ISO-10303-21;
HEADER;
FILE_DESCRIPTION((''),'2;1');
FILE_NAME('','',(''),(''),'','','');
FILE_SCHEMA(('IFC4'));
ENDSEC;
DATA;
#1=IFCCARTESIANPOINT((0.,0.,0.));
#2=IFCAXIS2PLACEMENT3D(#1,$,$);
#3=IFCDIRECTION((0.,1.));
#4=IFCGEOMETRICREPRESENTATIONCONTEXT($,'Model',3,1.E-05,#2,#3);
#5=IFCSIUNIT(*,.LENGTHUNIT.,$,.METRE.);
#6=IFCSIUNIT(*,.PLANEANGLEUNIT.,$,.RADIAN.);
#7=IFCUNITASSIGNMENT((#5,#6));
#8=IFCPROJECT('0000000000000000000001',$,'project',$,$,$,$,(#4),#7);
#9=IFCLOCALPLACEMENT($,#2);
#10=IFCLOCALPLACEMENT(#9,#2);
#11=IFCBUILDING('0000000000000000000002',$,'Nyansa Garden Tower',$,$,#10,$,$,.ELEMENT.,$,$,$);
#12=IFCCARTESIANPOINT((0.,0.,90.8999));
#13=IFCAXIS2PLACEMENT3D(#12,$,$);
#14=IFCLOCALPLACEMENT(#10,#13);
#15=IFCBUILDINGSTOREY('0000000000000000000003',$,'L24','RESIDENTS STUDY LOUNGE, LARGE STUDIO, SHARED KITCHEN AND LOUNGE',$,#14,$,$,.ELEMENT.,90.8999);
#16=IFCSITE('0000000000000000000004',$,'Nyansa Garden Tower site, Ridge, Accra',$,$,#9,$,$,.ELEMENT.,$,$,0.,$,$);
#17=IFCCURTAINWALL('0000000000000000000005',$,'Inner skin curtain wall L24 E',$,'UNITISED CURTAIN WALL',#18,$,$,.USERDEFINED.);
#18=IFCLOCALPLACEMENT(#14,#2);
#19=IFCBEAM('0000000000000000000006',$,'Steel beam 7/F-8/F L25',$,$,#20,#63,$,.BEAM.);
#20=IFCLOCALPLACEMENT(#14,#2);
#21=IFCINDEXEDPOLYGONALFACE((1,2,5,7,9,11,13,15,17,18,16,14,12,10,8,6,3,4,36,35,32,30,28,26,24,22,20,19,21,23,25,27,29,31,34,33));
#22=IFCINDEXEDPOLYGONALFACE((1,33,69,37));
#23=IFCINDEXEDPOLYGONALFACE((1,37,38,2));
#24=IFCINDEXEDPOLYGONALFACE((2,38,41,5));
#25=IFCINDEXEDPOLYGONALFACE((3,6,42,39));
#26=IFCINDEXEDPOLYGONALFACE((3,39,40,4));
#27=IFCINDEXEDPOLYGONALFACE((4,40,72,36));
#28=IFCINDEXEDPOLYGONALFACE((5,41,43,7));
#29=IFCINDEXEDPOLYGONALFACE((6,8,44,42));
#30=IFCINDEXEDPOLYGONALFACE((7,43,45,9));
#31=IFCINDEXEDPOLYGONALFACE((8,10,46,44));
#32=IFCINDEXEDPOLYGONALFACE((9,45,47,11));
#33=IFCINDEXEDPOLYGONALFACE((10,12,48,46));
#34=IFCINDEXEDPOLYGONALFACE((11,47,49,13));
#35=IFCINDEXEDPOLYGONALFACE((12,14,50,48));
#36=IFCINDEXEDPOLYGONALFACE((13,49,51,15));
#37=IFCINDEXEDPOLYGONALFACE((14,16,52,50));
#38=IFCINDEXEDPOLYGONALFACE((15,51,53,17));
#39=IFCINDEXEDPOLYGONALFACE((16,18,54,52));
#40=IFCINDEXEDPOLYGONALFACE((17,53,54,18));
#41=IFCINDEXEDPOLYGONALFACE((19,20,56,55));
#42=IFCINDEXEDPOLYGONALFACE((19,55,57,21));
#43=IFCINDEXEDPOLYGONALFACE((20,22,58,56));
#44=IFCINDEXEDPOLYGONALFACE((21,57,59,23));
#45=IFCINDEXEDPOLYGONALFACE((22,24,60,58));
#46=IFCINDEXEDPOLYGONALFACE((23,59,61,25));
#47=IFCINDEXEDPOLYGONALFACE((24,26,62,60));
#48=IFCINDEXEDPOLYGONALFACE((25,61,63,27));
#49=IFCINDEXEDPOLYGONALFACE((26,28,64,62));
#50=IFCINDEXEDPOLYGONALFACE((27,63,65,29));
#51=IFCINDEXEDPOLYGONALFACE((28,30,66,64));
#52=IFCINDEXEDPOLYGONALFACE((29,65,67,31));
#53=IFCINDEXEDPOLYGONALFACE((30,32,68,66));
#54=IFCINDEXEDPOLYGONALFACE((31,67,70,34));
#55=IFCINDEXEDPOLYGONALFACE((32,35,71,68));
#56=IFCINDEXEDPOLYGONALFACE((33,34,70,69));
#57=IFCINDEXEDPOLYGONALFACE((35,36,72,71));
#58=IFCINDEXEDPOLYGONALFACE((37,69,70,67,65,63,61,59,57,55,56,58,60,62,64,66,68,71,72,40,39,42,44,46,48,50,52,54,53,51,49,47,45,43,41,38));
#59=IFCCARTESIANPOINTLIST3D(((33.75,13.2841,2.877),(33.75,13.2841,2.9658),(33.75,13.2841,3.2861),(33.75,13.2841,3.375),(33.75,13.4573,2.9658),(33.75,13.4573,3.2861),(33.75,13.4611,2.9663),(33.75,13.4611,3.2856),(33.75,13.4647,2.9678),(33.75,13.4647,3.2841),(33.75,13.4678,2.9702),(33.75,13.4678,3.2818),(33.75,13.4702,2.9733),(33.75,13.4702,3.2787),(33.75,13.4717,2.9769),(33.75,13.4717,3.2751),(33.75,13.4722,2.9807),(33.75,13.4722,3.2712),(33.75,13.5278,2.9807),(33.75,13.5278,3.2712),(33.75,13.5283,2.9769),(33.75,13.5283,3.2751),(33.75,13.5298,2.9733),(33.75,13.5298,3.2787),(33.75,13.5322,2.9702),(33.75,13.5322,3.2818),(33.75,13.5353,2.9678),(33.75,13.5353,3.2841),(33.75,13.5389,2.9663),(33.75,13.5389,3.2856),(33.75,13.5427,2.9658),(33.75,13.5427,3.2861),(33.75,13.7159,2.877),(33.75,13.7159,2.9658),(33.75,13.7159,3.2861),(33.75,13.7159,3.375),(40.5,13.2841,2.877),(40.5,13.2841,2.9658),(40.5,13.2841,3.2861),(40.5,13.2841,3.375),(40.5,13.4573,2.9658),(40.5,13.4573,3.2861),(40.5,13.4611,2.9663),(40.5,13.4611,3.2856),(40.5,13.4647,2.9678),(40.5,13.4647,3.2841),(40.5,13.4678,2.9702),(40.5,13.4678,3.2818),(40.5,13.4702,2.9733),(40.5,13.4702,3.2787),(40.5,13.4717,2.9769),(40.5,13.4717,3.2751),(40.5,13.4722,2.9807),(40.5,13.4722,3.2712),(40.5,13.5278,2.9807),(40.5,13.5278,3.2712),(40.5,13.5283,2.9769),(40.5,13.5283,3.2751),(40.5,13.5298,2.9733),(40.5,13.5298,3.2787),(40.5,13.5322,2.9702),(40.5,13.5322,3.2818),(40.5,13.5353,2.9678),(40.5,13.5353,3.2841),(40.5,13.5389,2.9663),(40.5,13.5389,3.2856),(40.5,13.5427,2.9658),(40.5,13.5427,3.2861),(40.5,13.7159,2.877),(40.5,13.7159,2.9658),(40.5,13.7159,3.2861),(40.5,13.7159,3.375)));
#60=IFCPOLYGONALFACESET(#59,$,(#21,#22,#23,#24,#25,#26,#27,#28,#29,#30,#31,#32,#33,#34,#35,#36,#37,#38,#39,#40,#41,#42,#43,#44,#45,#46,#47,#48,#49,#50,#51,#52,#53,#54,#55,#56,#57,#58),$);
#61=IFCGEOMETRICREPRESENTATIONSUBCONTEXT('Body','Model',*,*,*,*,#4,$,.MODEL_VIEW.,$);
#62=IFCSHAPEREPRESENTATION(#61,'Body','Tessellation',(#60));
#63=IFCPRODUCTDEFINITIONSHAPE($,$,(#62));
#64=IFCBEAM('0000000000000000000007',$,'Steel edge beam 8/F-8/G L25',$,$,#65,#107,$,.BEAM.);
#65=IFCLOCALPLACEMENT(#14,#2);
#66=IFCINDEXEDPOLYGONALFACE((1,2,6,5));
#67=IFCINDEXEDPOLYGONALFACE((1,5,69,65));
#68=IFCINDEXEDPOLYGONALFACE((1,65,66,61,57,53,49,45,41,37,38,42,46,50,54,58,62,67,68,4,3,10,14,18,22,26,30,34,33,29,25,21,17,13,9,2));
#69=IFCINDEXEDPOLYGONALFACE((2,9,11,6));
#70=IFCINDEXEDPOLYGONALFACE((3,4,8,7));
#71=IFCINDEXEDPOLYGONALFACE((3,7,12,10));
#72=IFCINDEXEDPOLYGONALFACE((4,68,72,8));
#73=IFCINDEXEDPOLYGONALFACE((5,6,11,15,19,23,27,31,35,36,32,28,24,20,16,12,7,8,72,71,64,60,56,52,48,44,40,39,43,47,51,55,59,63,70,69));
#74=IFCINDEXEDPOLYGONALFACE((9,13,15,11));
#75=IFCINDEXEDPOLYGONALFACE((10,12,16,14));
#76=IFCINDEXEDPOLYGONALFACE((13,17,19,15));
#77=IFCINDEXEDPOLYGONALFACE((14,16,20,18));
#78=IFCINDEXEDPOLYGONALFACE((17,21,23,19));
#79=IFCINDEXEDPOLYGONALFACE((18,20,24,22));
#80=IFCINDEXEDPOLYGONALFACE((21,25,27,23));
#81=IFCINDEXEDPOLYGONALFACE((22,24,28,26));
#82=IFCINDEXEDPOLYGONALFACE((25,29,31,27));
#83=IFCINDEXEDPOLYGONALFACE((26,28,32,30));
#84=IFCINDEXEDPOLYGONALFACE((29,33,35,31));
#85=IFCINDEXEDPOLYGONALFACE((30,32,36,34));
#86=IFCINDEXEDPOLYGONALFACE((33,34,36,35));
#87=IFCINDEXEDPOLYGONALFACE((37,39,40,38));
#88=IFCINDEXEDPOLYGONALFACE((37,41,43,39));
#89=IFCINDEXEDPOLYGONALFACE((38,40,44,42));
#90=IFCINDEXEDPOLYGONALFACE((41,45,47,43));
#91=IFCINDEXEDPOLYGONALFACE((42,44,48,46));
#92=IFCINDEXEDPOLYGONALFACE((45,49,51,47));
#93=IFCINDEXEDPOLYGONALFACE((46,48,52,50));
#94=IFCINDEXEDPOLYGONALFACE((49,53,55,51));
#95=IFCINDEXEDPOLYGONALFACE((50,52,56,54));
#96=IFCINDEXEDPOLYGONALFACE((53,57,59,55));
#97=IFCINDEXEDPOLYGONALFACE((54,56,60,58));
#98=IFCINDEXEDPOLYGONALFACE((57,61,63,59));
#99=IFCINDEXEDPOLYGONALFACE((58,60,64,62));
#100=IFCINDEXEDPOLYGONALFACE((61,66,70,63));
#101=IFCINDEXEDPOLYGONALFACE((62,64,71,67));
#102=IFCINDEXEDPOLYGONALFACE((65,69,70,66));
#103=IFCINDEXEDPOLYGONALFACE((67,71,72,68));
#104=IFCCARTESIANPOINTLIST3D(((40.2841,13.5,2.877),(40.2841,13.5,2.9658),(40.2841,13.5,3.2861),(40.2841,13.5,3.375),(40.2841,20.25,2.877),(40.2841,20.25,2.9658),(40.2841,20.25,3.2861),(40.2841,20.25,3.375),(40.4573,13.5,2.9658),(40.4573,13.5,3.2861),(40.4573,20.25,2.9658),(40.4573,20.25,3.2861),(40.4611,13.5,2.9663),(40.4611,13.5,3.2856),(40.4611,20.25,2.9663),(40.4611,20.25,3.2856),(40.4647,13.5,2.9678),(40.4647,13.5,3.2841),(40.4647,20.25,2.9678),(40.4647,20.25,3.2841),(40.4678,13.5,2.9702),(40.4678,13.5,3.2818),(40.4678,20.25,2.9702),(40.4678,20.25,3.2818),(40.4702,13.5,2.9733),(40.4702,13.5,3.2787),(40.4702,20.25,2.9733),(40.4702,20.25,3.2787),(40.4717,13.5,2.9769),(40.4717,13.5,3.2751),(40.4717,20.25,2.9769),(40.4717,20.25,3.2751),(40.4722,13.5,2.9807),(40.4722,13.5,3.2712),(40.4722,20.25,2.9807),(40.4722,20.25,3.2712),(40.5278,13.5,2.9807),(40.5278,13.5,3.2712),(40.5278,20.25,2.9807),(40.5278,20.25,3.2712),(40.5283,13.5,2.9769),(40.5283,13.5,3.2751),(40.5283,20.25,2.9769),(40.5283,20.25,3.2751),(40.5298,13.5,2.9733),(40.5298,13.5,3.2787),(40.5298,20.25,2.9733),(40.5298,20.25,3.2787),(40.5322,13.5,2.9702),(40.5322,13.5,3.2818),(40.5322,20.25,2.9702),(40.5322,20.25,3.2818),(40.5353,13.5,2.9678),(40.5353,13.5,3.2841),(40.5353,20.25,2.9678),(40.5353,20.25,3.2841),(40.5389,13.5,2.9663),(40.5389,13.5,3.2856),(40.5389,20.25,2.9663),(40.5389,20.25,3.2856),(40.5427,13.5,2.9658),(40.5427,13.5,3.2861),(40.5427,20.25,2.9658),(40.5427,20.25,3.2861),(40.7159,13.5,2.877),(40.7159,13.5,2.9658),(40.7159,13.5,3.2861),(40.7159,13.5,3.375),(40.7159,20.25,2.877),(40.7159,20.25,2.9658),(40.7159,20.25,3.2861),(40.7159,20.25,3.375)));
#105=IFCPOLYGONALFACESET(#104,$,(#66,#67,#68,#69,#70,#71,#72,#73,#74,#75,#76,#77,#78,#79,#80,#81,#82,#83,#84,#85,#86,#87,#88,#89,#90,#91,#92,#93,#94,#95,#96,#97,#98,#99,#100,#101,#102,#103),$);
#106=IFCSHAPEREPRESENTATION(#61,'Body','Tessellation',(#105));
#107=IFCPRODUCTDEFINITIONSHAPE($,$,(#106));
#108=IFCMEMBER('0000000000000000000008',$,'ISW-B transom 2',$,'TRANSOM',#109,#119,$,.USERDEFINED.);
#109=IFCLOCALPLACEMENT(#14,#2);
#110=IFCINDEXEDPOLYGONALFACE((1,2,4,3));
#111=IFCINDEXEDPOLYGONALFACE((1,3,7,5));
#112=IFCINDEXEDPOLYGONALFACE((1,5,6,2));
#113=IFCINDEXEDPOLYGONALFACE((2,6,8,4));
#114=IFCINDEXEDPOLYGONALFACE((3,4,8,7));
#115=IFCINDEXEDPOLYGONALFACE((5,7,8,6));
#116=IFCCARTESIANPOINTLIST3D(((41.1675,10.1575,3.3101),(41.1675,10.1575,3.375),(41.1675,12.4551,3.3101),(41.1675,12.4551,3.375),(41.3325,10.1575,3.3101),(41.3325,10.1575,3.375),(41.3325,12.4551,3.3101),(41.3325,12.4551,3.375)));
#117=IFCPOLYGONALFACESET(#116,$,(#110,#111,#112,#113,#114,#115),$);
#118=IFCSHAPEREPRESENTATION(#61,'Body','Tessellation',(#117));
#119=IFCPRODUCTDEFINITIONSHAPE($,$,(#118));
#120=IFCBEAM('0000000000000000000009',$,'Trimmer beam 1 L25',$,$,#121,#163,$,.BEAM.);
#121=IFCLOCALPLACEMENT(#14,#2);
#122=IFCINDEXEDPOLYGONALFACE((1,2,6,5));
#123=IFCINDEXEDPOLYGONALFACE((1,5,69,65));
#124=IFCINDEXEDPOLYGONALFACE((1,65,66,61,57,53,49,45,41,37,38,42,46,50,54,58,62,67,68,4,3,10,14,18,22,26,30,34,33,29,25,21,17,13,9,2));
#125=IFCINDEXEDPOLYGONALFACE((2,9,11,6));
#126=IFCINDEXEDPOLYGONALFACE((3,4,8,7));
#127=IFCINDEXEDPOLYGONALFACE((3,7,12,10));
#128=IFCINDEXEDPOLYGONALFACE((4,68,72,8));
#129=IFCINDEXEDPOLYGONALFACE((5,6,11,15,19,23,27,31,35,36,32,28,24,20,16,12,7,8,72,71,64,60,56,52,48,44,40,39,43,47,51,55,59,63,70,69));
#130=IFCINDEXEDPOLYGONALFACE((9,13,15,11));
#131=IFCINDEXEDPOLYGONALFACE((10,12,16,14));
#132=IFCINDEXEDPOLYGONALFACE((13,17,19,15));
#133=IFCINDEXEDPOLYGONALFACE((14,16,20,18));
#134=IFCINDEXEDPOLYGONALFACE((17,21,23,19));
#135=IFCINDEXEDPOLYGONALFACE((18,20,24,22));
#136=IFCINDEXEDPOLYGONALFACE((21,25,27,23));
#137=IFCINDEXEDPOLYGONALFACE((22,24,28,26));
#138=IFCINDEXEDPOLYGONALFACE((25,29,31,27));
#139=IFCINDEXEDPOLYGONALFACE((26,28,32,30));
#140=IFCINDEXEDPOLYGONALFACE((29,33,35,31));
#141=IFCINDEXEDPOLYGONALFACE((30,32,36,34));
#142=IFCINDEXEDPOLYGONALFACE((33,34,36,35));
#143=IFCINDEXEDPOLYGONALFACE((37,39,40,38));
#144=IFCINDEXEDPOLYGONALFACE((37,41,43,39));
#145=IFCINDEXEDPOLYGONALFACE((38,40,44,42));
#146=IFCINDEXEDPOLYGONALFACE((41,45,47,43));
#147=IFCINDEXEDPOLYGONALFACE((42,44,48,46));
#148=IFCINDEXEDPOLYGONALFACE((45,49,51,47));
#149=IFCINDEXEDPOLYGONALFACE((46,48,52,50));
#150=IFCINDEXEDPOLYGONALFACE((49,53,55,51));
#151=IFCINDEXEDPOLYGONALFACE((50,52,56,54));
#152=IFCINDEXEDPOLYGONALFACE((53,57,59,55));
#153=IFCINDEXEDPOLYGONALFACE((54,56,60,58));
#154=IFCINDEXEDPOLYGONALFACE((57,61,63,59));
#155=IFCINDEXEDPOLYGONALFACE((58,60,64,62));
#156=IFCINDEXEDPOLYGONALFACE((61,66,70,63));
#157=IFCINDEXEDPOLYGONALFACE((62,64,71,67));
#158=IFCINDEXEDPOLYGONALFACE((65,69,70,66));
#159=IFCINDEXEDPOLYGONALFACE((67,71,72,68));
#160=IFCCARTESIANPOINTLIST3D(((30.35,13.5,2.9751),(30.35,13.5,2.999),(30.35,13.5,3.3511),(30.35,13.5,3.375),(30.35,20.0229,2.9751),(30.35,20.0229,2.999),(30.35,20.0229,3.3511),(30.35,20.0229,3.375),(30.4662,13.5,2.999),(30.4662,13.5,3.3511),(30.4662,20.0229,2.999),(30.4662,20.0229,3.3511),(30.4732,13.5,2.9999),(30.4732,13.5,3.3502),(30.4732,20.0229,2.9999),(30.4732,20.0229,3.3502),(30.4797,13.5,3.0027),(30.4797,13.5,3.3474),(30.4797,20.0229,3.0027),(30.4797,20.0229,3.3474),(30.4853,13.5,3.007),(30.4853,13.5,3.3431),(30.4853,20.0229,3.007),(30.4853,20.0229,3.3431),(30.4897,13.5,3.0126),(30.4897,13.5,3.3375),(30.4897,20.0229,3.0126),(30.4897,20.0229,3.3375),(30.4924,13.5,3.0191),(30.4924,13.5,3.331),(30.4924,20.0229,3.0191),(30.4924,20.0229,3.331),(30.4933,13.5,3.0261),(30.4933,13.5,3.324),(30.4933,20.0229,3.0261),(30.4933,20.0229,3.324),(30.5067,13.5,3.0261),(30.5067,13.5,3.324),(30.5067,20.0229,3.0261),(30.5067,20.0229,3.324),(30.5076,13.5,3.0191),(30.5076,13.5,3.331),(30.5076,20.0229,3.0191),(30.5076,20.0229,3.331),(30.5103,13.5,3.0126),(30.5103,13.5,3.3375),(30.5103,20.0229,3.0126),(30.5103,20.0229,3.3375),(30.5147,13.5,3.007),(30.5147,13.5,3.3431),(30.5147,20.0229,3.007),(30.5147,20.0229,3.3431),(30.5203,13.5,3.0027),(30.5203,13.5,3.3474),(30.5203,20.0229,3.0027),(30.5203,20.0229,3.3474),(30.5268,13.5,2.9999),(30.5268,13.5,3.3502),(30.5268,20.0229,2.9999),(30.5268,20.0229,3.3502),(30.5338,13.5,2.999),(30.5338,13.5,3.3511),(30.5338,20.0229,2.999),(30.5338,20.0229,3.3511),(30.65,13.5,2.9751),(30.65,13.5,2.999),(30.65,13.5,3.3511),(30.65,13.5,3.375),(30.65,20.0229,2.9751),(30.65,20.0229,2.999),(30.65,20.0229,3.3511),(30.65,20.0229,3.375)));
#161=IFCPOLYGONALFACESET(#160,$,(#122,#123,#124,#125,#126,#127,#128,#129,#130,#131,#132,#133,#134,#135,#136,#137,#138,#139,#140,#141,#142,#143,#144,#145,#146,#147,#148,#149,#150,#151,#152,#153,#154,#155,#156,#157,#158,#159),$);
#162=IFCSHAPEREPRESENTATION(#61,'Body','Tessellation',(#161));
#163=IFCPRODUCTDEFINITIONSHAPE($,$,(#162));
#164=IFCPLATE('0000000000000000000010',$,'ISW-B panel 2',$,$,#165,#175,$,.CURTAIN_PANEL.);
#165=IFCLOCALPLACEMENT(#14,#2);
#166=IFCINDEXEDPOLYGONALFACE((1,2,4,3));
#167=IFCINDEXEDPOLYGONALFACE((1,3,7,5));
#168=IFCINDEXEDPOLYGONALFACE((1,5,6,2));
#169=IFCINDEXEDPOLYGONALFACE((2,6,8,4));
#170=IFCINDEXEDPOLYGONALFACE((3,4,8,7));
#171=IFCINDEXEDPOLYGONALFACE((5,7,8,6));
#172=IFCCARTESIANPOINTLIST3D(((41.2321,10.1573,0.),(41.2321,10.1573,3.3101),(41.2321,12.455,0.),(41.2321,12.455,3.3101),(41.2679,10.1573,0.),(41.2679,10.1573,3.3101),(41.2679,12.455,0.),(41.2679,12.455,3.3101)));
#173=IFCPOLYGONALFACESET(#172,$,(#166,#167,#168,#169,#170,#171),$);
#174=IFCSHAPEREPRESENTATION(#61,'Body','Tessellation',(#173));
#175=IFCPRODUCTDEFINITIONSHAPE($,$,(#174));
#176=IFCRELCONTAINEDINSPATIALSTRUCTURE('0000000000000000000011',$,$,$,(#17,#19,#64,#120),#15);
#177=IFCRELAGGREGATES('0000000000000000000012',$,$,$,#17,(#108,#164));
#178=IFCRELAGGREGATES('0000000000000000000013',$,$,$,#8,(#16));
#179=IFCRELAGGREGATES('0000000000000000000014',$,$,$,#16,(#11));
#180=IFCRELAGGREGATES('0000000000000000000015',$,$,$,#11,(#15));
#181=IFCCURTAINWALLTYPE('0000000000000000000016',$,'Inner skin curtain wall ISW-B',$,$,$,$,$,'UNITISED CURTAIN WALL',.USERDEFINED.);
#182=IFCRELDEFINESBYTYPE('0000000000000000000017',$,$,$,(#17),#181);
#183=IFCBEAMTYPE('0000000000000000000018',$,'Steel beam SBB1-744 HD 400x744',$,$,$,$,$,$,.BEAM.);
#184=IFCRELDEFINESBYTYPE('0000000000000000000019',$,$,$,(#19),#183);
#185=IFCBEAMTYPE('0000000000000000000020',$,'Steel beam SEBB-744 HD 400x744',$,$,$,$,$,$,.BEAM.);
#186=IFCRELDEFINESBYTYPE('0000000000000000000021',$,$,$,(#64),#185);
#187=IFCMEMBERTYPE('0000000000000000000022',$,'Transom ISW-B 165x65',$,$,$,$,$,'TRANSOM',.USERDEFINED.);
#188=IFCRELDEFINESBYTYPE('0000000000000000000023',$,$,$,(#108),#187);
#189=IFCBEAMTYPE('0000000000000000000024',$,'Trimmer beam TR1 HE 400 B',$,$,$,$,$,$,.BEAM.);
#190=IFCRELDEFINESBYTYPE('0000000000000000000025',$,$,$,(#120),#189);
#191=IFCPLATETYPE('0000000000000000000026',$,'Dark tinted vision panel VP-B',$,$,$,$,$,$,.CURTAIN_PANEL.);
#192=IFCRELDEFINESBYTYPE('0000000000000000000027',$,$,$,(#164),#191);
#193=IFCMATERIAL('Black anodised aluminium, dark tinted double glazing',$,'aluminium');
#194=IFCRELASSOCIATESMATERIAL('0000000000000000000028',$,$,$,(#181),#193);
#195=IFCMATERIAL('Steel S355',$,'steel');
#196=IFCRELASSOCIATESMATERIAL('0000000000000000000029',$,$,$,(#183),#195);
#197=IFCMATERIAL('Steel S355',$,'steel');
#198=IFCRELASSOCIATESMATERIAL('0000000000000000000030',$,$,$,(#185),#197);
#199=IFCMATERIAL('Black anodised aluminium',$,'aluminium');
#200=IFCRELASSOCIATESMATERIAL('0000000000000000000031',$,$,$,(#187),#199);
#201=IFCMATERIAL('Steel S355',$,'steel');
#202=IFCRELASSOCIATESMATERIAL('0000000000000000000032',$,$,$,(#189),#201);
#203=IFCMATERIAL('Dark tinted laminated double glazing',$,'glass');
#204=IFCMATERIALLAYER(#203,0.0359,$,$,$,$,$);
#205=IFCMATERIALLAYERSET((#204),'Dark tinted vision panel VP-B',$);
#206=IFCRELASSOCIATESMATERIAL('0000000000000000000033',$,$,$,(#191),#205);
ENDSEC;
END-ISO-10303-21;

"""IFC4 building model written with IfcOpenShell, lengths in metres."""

from ifc_helpers import new_model, si_unit, direction, frame, origin, origin_2d, place, context, subcontext, project, spatial, rectangle, i_section, extrude, material, layer, layer_set, material_profile, profile_set, type_object, element, aggregate, save


model = new_model("IFC4")

# Units and contexts
model_context = context("Model", 3, precision=1e-05, world=origin(), true_north=direction((0.0, 1.0)))
body_context = subcontext(model_context, "Body", "Model", "MODEL_VIEW")
ifc_project = project(units=[si_unit("LENGTHUNIT", "METRE"), si_unit("PLANEANGLEUNIT", "RADIAN")], contexts=[model_context])

# Site, building, storey
site_placement = place(None, origin())
site = spatial("IfcSite", under=ifc_project, at=site_placement, Name="Nyansa Garden Tower site, Ridge, Accra", CompositionType="ELEMENT", RefElevation=0.0)
building_placement = place(site_placement, origin())
building = spatial("IfcBuilding", under=site, at=building_placement, Name="Nyansa Garden Tower", CompositionType="ELEMENT")
storey_placement = place(building_placement, frame((0.0, 0.0, 90.8999)))
storey = spatial("IfcBuildingStorey", under=building, at=storey_placement, Name="L24", Description="RESIDENTS STUDY LOUNGE, LARGE STUDIO, SHARED KITCHEN AND LOUNGE", CompositionType="ELEMENT", Elevation=90.8999)

# Curtain wall
ifc_material_1 = material(Name="Black anodised aluminium, dark tinted double glazing", Category="aluminium")
curtain_wall_type = type_object("IfcCurtainWallType", Name="Inner skin curtain wall ISW-B", ElementType="UNITISED CURTAIN WALL", PredefinedType="USERDEFINED", material=ifc_material_1)
curtain_wall_placement = place(storey_placement, origin())
curtain_wall = element("IfcCurtainWall", 1, at=curtain_wall_placement, inside=storey, type_object=curtain_wall_type, Name="Inner skin curtain wall L24 E", ObjectType="UNITISED CURTAIN WALL", PredefinedType="USERDEFINED")

# Beams
ifc_material_2 = material(Name="Steel S355", Category="steel")
ifc_material_profile_1 = material_profile(ifc_material_2, i_section(OverallWidth=0.4319, OverallDepth=0.498, WebThickness=0.0557, FlangeThickness=0.0889, FilletRadius=0.0149, at=origin_2d()), Name="HD 400x744")
ifc_profile_set_1 = profile_set([ifc_material_profile_1], Name="Steel S355")
beam_type_1 = type_object("IfcBeamType", Name="Steel beam SBB1-744 HD 400x744", PredefinedType="BEAM", material=ifc_profile_set_1)
for number, where, z_axis, x_axis, name in (
    (2, (33.75, 13.5, 3.126), (1.0, 0.0, 0.0), (0.0, 1.0, 0.0), "Steel beam 7/F-8/F L25"),
):
    element("IfcBeam", number, at=place(storey_placement, frame(where, z_axis=z_axis, x_axis=x_axis)), inside=storey, type_object=beam_type_1, Name=name, PredefinedType="BEAM", context=body_context, shape_type="SweptSolid", body=[
        extrude(i_section(OverallWidth=0.4319, OverallDepth=0.498, WebThickness=0.0557, FlangeThickness=0.0889, FilletRadius=0.0149, at=origin_2d()), origin(), (0.0, 0.0, 1.0), 6.75),
    ])
ifc_material_3 = material(Name="Steel S355", Category="steel")
ifc_material_profile_2 = material_profile(ifc_material_3, i_section(OverallWidth=0.4319, OverallDepth=0.498, WebThickness=0.0557, FlangeThickness=0.0889, FilletRadius=0.0149, at=origin_2d()), Name="HD 400x744")
ifc_profile_set_2 = profile_set([ifc_material_profile_2], Name="Steel S355")
beam_type_2 = type_object("IfcBeamType", Name="Steel beam SEBB-744 HD 400x744", PredefinedType="BEAM", material=ifc_profile_set_2)
beam_1_placement = place(storey_placement, frame((40.5, 13.5, 3.126), z_axis=(0.0, 1.0, 0.0), x_axis=(-1.0, 0.0, 0.0)))
element("IfcBeam", 3, at=beam_1_placement, inside=storey, type_object=beam_type_2, Name="Steel edge beam 8/F-8/G L25", PredefinedType="BEAM", context=body_context, shape_type="SweptSolid", body=[
    extrude(i_section(OverallWidth=0.4319, OverallDepth=0.498, WebThickness=0.0557, FlangeThickness=0.0889, FilletRadius=0.0149, at=origin_2d()), origin(), (0.0, 0.0, 1.0), 6.75),
])

# Member
ifc_material_4 = material(Name="Black anodised aluminium", Category="aluminium")
ifc_material_profile_3 = material_profile(ifc_material_4, rectangle(XDim=0.165, YDim=0.0649, at=origin_2d()), Name="Transom 165x65")
ifc_profile_set_3 = profile_set([ifc_material_profile_3], Name="Black anodised aluminium")
member_type_1 = type_object("IfcMemberType", Name="Transom ISW-B 165x65", ElementType="TRANSOM", PredefinedType="USERDEFINED", material=ifc_profile_set_3)
member_1_placement = place(storey_placement, frame((41.25, 10.1575, 3.3425), z_axis=(0.0, 1.0, 0.0), x_axis=(-1.0, 0.0, 0.0)))
member_1 = element("IfcMember", 4, at=member_1_placement, type_object=member_type_1, Name="ISW-B transom 2", ObjectType="TRANSOM", PredefinedType="USERDEFINED", context=body_context, shape_type="SweptSolid", body=[
    extrude(rectangle(XDim=0.165, YDim=0.0649, at=origin_2d()), origin(), (0.0, 0.0, 1.0), 2.2976),
])

# Beam
ifc_material_5 = material(Name="Steel S355", Category="steel")
ifc_material_profile_4 = material_profile(ifc_material_5, i_section(OverallWidth=0.3, OverallDepth=0.3999, WebThickness=0.0134, FlangeThickness=0.0239, FilletRadius=0.0271, at=origin_2d()), Name="HE 400 B")
ifc_profile_set_4 = profile_set([ifc_material_profile_4], Name="Steel S355")
beam_type_3 = type_object("IfcBeamType", Name="Trimmer beam TR1 HE 400 B", PredefinedType="BEAM", material=ifc_profile_set_4)
beam_2_placement = place(storey_placement, frame((30.5, 13.5, 3.175), z_axis=(0.0, 1.0, 0.0), x_axis=(-1.0, 0.0, 0.0)))
element("IfcBeam", 5, at=beam_2_placement, inside=storey, type_object=beam_type_3, Name="Trimmer beam 1 L25", PredefinedType="BEAM", context=body_context, shape_type="SweptSolid", body=[
    extrude(i_section(OverallWidth=0.3, OverallDepth=0.3999, WebThickness=0.0134, FlangeThickness=0.0239, FilletRadius=0.0271, at=origin_2d()), origin(), (0.0, 0.0, 1.0), 6.5229),
])

# Plate
ifc_material_6 = material(Name="Dark tinted laminated double glazing", Category="glass")
ifc_layer_1 = layer(ifc_material_6, 0.0359)
ifc_layer_set_1 = layer_set([ifc_layer_1], Name="Dark tinted vision panel VP-B")
plate_type = type_object("IfcPlateType", Name="Dark tinted vision panel VP-B", PredefinedType="CURTAIN_PANEL", material=ifc_layer_set_1)
plate_placement = place(storey_placement, frame((41.25, 11.3062, 0.0), z_axis=(0.0, 0.0, 1.0), x_axis=(0.0, 1.0, 0.0)))
plate = element("IfcPlate", 6, at=plate_placement, type_object=plate_type, Name="ISW-B panel 2", PredefinedType="CURTAIN_PANEL", context=body_context, shape_type="SweptSolid", body=[
    extrude(rectangle(XDim=2.2976, YDim=0.0359, at=origin_2d()), origin(), (0.0, 0.0, 1.0), 3.3101),
])
aggregate(curtain_wall, [member_1, plate])

save(model, "model.ifc")
